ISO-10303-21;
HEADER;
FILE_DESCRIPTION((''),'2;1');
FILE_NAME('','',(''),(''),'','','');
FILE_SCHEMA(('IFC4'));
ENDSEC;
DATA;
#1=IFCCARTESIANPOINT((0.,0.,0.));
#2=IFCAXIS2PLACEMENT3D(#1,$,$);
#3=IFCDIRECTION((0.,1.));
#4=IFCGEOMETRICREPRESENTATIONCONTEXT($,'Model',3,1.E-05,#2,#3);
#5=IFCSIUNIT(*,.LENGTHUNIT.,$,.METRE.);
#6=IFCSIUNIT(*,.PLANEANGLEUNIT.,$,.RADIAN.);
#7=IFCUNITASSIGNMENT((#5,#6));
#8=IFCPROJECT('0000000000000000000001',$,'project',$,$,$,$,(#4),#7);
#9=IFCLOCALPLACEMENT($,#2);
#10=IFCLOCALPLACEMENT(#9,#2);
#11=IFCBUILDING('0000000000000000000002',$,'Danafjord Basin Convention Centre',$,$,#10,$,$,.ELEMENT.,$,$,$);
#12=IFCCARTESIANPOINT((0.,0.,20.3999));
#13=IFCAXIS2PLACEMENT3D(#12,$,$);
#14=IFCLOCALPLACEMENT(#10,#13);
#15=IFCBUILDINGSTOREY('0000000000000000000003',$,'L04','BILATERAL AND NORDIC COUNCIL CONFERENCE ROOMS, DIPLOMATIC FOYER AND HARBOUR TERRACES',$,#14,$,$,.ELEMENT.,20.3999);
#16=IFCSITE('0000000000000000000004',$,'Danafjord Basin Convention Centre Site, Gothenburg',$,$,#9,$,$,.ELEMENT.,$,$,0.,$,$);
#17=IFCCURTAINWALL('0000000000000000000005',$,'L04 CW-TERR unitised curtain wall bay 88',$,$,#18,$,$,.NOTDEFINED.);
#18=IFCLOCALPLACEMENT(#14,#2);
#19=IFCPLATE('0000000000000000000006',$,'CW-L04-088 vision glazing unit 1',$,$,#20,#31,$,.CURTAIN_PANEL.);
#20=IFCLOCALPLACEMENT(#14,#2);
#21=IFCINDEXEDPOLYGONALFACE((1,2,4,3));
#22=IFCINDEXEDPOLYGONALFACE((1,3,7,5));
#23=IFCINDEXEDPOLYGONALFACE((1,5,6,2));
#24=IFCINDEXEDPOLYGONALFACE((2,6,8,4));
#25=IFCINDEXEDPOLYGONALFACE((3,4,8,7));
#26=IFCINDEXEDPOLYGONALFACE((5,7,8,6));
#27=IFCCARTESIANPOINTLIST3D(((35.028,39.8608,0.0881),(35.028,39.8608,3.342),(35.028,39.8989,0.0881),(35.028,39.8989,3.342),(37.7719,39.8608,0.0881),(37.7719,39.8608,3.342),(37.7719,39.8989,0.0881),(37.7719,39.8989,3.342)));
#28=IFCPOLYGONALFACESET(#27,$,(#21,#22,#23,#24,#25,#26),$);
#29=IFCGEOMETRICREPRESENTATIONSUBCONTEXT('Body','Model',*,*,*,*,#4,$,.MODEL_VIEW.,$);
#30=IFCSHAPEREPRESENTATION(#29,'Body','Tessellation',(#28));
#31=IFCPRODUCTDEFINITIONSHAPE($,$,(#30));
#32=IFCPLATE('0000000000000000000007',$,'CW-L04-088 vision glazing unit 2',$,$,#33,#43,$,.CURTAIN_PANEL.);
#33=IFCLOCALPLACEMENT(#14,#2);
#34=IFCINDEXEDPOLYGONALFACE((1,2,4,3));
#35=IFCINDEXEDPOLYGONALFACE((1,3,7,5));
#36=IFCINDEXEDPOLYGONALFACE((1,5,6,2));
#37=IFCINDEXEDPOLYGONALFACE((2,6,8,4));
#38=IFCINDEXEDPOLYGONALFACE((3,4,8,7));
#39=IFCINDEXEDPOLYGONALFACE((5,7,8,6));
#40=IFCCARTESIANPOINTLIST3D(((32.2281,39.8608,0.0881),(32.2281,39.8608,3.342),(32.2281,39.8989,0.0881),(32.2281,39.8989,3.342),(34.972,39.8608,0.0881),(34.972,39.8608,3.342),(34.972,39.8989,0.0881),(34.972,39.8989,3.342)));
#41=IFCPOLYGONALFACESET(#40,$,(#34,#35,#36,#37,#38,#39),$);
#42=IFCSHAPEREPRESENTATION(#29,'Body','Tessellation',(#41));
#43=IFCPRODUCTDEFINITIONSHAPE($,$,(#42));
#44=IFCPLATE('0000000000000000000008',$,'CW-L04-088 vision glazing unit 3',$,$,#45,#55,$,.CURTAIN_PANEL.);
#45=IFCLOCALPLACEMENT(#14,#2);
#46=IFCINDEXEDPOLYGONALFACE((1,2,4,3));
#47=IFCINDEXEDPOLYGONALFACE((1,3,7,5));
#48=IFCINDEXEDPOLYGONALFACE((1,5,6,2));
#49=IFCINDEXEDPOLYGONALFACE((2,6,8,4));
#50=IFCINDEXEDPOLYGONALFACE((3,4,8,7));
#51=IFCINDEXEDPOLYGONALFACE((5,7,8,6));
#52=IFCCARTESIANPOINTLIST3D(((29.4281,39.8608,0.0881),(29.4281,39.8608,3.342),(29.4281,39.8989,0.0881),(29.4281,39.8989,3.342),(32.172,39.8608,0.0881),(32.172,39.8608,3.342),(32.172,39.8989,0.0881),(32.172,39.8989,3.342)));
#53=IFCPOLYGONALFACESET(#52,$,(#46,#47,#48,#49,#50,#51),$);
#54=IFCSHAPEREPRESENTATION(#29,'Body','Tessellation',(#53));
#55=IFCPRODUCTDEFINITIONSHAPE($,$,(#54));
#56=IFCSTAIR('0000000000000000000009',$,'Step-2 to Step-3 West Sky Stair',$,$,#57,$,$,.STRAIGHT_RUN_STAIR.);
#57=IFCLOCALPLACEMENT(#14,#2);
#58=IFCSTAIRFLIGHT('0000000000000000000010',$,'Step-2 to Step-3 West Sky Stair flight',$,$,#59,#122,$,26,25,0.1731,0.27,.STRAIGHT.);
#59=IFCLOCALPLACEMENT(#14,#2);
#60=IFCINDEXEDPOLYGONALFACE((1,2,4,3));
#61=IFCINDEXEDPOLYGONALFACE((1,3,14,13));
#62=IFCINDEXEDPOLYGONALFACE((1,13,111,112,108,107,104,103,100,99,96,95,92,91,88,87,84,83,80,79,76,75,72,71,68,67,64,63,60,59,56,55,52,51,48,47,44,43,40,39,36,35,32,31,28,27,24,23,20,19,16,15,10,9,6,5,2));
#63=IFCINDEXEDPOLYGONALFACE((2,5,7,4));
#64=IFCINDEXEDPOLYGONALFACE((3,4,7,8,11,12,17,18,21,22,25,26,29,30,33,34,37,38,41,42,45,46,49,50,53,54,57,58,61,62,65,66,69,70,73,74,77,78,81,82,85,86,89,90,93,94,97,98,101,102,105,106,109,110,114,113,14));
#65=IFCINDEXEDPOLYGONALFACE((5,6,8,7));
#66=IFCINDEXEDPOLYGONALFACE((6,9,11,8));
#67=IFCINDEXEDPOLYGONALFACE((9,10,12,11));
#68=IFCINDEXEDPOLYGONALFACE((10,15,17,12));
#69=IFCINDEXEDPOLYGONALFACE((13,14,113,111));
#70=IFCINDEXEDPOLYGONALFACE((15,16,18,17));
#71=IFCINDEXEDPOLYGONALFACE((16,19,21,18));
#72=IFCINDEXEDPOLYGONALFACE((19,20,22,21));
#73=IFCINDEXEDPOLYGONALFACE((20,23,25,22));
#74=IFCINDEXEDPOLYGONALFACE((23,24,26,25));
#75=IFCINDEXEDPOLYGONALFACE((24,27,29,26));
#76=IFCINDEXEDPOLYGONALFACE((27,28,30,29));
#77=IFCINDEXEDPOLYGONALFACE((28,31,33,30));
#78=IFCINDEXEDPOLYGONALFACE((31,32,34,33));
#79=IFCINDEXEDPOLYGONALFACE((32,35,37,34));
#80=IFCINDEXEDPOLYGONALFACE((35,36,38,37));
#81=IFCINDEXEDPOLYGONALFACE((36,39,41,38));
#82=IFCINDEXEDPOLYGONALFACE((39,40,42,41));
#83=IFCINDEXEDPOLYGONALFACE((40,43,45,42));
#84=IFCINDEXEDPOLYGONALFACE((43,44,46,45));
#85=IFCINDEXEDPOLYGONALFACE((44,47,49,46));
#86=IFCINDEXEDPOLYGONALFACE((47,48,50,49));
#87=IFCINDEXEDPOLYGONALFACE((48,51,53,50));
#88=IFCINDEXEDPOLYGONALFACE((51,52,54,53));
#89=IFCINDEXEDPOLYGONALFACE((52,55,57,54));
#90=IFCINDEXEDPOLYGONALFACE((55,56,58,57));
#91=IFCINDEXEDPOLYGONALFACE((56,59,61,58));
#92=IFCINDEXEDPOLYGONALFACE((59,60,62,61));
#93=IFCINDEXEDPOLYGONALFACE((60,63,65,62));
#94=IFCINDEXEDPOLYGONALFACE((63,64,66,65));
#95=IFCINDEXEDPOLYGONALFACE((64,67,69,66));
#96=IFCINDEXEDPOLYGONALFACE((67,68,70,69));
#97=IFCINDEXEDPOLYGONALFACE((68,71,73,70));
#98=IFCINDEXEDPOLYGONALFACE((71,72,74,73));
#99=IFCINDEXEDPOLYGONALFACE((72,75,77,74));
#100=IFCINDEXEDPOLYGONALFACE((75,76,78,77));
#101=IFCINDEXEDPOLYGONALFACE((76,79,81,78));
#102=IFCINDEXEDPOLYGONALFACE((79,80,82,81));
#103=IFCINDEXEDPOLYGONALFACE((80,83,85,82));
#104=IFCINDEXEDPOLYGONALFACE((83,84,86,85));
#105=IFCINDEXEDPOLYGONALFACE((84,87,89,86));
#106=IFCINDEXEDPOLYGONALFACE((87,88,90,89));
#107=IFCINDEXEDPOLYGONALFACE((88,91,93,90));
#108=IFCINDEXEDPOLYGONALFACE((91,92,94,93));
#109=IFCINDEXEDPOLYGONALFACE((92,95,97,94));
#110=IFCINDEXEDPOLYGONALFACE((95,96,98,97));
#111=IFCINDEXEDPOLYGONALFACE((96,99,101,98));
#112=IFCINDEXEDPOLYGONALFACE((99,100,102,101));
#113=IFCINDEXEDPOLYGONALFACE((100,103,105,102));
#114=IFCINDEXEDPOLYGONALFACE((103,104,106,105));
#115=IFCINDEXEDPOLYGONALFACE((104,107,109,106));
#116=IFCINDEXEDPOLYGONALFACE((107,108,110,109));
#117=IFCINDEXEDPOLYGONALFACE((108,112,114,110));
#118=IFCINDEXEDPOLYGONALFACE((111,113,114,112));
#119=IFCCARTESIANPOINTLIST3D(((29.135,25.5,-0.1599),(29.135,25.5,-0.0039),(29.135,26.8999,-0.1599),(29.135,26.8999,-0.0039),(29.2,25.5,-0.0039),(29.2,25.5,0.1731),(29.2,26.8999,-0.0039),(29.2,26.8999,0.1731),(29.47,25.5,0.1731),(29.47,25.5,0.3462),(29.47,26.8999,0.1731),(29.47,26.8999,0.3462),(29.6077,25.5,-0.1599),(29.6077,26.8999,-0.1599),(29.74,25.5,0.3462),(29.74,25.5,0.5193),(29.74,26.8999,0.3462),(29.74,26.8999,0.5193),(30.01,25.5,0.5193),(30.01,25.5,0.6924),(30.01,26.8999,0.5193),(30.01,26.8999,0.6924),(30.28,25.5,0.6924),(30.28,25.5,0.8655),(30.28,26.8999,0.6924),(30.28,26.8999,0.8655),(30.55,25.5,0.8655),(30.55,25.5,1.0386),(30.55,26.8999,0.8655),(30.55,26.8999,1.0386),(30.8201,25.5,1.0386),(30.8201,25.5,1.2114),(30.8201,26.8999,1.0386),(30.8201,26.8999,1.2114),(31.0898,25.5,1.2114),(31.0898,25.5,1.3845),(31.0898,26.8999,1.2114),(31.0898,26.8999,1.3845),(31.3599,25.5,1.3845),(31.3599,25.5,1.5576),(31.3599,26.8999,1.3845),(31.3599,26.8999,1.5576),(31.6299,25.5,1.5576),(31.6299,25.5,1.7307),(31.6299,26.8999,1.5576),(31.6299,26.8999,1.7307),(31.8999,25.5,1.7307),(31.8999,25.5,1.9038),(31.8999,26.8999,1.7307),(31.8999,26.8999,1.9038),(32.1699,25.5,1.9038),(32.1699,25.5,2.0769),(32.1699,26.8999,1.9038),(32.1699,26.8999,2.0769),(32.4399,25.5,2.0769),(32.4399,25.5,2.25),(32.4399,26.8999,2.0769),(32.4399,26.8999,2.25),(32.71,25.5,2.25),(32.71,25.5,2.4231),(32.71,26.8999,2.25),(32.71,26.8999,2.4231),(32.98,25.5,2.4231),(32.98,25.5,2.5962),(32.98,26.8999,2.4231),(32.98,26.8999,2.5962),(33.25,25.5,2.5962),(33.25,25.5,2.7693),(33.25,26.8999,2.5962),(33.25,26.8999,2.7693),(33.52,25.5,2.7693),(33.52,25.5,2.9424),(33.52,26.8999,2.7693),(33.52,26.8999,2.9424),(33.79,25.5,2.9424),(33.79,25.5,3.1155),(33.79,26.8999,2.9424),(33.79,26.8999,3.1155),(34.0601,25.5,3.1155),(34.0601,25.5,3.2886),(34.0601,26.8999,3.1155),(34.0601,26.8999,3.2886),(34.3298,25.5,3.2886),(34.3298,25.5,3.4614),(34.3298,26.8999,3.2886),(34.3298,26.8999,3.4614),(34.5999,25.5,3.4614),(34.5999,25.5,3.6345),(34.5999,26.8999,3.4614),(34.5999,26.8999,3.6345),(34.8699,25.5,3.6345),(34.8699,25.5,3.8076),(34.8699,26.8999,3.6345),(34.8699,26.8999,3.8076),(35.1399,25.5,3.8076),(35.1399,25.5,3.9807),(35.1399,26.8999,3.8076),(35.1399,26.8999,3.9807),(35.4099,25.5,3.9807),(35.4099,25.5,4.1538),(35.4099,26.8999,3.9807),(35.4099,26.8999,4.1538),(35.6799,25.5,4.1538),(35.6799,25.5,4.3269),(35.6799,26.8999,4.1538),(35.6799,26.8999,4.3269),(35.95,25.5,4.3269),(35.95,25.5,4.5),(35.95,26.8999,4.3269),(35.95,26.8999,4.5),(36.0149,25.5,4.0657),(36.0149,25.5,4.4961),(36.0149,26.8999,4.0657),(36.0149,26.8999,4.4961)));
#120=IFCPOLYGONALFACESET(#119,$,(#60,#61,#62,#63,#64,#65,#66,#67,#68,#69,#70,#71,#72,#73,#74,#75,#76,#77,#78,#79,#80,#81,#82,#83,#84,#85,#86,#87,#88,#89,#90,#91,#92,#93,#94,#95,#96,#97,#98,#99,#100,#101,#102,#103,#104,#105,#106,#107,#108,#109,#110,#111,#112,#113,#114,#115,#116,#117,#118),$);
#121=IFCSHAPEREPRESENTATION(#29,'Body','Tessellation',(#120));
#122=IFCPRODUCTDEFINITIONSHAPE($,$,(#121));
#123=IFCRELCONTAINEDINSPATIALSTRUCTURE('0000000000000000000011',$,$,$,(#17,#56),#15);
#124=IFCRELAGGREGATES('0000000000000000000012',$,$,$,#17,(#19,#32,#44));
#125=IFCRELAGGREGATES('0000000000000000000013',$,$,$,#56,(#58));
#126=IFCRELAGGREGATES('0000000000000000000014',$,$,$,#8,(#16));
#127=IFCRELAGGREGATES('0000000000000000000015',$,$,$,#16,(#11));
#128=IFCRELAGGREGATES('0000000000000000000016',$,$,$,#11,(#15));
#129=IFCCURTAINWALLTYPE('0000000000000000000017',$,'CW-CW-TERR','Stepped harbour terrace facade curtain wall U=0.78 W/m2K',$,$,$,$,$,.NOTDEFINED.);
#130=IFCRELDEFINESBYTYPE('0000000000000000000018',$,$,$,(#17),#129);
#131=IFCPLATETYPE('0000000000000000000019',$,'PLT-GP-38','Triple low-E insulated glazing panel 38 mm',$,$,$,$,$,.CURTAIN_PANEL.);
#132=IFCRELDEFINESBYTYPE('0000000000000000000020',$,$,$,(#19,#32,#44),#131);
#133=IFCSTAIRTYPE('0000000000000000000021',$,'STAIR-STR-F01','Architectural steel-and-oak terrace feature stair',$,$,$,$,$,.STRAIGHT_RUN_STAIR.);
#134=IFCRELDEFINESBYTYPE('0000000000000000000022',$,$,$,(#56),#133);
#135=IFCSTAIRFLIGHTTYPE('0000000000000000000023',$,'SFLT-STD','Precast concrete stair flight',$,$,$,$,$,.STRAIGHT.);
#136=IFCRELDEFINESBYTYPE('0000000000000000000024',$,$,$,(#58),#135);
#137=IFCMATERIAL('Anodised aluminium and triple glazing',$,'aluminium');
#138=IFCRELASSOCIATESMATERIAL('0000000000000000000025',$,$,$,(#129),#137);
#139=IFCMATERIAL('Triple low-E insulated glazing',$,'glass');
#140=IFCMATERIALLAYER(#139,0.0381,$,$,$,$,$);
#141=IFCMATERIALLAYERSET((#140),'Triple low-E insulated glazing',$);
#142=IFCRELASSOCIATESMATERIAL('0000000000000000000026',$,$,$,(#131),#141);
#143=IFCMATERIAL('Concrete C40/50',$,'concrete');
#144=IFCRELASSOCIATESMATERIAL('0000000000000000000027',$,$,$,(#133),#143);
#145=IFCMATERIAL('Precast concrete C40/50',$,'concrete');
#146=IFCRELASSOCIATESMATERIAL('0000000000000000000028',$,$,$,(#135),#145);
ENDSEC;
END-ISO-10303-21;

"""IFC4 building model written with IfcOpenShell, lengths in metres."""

from ifc_helpers import new_model, si_unit, direction, frame, origin, origin_2d, place, context, subcontext, project, spatial, polyline, rectangle, outline, extrude, material, layer, layer_set, type_object, element, aggregate, save


model = new_model("IFC4")

# Units and contexts
model_context = context("Model", 3, precision=1e-05, world=origin(), true_north=direction((0.0, 1.0)))
body_context = subcontext(model_context, "Body", "Model", "MODEL_VIEW")
ifc_project = project(units=[si_unit("LENGTHUNIT", "METRE"), si_unit("PLANEANGLEUNIT", "RADIAN")], contexts=[model_context])

# Site, building, storey
site_placement = place(None, origin())
site = spatial("IfcSite", under=ifc_project, at=site_placement, Name="Danafjord Basin Convention Centre Site, Gothenburg", CompositionType="ELEMENT", RefElevation=0.0)
building_placement = place(site_placement, origin())
building = spatial("IfcBuilding", under=site, at=building_placement, Name="Danafjord Basin Convention Centre", CompositionType="ELEMENT")
storey_placement = place(building_placement, frame((0.0, 0.0, 20.3999)))
storey = spatial("IfcBuildingStorey", under=building, at=storey_placement, Name="L04", Description="BILATERAL AND NORDIC COUNCIL CONFERENCE ROOMS, DIPLOMATIC FOYER AND HARBOUR TERRACES", CompositionType="ELEMENT", Elevation=20.3999)

# Curtain wall, plates
ifc_material_1 = material(Name="Anodised aluminium and triple glazing", Category="aluminium")
curtain_wall_type = type_object("IfcCurtainWallType", Name="CW-CW-TERR", Description="Stepped harbour terrace facade curtain wall U=0.78 W/m2K", PredefinedType="NOTDEFINED", material=ifc_material_1)
curtain_wall_placement = place(storey_placement, origin())
curtain_wall = element("IfcCurtainWall", 1, at=curtain_wall_placement, inside=storey, type_object=curtain_wall_type, Name="L04 CW-TERR unitised curtain wall bay 88", PredefinedType="NOTDEFINED")
ifc_material_2 = material(Name="Triple low-E insulated glazing", Category="glass")
ifc_layer = layer(ifc_material_2, 0.0381)
ifc_layer_set = layer_set([ifc_layer], Name="Triple low-E insulated glazing")
plate_type = type_object("IfcPlateType", Name="PLT-GP-38", Description="Triple low-E insulated glazing panel 38 mm", PredefinedType="CURTAIN_PANEL", material=ifc_layer_set)
plate_1_placement = place(storey_placement, frame((36.3999, 39.8799, 0.0881), z_axis=(0.0, 0.0, 1.0), x_axis=(-1.0, 0.0, 0.0)))
plate_1 = element("IfcPlate", 2, at=plate_1_placement, type_object=plate_type, Name="CW-L04-088 vision glazing unit 1", PredefinedType="CURTAIN_PANEL", context=body_context, shape_type="SweptSolid", body=[
    extrude(rectangle(XDim=2.7439, YDim=0.0381, at=origin_2d()), origin(), (0.0, 0.0, 1.0), 3.2539),
])
plate_2_placement = place(storey_placement, frame((33.6001, 39.8799, 0.0881), z_axis=(0.0, 0.0, 1.0), x_axis=(-1.0, 0.0, 0.0)))
plate_2 = element("IfcPlate", 3, at=plate_2_placement, type_object=plate_type, Name="CW-L04-088 vision glazing unit 2", PredefinedType="CURTAIN_PANEL", context=body_context, shape_type="SweptSolid", body=[
    extrude(rectangle(XDim=2.7439, YDim=0.0381, at=origin_2d()), origin(), (0.0, 0.0, 1.0), 3.2539),
])
plate_3_placement = place(storey_placement, frame((30.8, 39.8799, 0.0881), z_axis=(0.0, 0.0, 1.0), x_axis=(-1.0, 0.0, 0.0)))
plate_3 = element("IfcPlate", 4, at=plate_3_placement, type_object=plate_type, Name="CW-L04-088 vision glazing unit 3", PredefinedType="CURTAIN_PANEL", context=body_context, shape_type="SweptSolid", body=[
    extrude(rectangle(XDim=2.7439, YDim=0.0381, at=origin_2d()), origin(), (0.0, 0.0, 1.0), 3.2539),
])
aggregate(curtain_wall, [plate_1, plate_2, plate_3])

# Stair, stair flight
ifc_material_3 = material(Name="Concrete C40/50", Category="concrete")
stair_type = type_object("IfcStairType", Name="STAIR-STR-F01", Description="Architectural steel-and-oak terrace feature stair", PredefinedType="STRAIGHT_RUN_STAIR", material=ifc_material_3)
stair_placement = place(storey_placement, origin())
stair = element("IfcStair", 5, at=stair_placement, inside=storey, type_object=stair_type, Name="Step-2 to Step-3 West Sky Stair", PredefinedType="STRAIGHT_RUN_STAIR")
ifc_material_4 = material(Name="Precast concrete C40/50", Category="concrete")
stair_flight_type = type_object("IfcStairFlightType", Name="SFLT-STD", Description="Precast concrete stair flight", PredefinedType="STRAIGHT", material=ifc_material_4)
stair_flight_placement = place(storey_placement, frame((29.2, 26.2, 0.0), z_axis=(0.0, 0.0, 1.0), x_axis=(1.0, 0.0, 0.0)))
stair_flight = element("IfcStairFlight", 6, at=stair_flight_placement, type_object=stair_flight_type, Name="Step-2 to Step-3 West Sky Stair flight", NumberOfRisers=26, NumberOfTreads=25, PredefinedType="STRAIGHT", RiserHeight=0.1731, TreadLength=0.27, context=body_context, shape_type="SweptSolid", body=[
    extrude(outline(polyline([(-0.0649, -0.1599), (-0.0649, -0.0039), (0.0, -0.0039), (0.0, 0.1731), (0.27, 0.1731), (0.27, 0.3462), (0.54, 0.3462), (0.54, 0.5193), (0.8101, 0.5193), (0.8101, 0.6924), (1.0801, 0.6924), (1.0801, 0.8655), (1.3501, 0.8655), (1.3501, 1.0386), (1.6201, 1.0386), (1.6201, 1.2114), (1.8899, 1.2114), (1.8899, 1.3845), (2.1599, 1.3845), (2.1599, 1.5576), (2.4299, 1.5576), (2.4299, 1.7307), (2.7, 1.7307), (2.7, 1.9038), (2.97, 1.9038), (2.97, 2.0769), (3.24, 2.0769), (3.24, 2.25), (3.51, 2.25), (3.51, 2.4231), (3.78, 2.4231), (3.78, 2.5962), (4.05, 2.5962), (4.05, 2.7693), (4.3201, 2.7693), (4.3201, 2.9424), (4.5901, 2.9424), (4.5901, 3.1155), (4.8601, 3.1155), (4.8601, 3.2886), (5.1299, 3.2886), (5.1299, 3.4614), (5.3999, 3.4614), (5.3999, 3.6345), (5.6699, 3.6345), (5.6699, 3.8076), (5.9399, 3.8076), (5.9399, 3.9807), (6.21, 3.9807), (6.21, 4.1538), (6.48, 4.1538), (6.48, 4.3269), (6.75, 4.3269), (6.75, 4.5), (6.8149, 4.4961), (6.8149, 4.0657), (0.4077, -0.1599), (-0.0649, -0.1599)])), frame((0.0, 0.7, 0.0), z_axis=(0.0, -1.0, 0.0), x_axis=(1.0, 0.0, 0.0)), (0.0, 0.0, 1.0), 1.3999),
])
aggregate(stair, [stair_flight])

save(model, "model.ifc")
